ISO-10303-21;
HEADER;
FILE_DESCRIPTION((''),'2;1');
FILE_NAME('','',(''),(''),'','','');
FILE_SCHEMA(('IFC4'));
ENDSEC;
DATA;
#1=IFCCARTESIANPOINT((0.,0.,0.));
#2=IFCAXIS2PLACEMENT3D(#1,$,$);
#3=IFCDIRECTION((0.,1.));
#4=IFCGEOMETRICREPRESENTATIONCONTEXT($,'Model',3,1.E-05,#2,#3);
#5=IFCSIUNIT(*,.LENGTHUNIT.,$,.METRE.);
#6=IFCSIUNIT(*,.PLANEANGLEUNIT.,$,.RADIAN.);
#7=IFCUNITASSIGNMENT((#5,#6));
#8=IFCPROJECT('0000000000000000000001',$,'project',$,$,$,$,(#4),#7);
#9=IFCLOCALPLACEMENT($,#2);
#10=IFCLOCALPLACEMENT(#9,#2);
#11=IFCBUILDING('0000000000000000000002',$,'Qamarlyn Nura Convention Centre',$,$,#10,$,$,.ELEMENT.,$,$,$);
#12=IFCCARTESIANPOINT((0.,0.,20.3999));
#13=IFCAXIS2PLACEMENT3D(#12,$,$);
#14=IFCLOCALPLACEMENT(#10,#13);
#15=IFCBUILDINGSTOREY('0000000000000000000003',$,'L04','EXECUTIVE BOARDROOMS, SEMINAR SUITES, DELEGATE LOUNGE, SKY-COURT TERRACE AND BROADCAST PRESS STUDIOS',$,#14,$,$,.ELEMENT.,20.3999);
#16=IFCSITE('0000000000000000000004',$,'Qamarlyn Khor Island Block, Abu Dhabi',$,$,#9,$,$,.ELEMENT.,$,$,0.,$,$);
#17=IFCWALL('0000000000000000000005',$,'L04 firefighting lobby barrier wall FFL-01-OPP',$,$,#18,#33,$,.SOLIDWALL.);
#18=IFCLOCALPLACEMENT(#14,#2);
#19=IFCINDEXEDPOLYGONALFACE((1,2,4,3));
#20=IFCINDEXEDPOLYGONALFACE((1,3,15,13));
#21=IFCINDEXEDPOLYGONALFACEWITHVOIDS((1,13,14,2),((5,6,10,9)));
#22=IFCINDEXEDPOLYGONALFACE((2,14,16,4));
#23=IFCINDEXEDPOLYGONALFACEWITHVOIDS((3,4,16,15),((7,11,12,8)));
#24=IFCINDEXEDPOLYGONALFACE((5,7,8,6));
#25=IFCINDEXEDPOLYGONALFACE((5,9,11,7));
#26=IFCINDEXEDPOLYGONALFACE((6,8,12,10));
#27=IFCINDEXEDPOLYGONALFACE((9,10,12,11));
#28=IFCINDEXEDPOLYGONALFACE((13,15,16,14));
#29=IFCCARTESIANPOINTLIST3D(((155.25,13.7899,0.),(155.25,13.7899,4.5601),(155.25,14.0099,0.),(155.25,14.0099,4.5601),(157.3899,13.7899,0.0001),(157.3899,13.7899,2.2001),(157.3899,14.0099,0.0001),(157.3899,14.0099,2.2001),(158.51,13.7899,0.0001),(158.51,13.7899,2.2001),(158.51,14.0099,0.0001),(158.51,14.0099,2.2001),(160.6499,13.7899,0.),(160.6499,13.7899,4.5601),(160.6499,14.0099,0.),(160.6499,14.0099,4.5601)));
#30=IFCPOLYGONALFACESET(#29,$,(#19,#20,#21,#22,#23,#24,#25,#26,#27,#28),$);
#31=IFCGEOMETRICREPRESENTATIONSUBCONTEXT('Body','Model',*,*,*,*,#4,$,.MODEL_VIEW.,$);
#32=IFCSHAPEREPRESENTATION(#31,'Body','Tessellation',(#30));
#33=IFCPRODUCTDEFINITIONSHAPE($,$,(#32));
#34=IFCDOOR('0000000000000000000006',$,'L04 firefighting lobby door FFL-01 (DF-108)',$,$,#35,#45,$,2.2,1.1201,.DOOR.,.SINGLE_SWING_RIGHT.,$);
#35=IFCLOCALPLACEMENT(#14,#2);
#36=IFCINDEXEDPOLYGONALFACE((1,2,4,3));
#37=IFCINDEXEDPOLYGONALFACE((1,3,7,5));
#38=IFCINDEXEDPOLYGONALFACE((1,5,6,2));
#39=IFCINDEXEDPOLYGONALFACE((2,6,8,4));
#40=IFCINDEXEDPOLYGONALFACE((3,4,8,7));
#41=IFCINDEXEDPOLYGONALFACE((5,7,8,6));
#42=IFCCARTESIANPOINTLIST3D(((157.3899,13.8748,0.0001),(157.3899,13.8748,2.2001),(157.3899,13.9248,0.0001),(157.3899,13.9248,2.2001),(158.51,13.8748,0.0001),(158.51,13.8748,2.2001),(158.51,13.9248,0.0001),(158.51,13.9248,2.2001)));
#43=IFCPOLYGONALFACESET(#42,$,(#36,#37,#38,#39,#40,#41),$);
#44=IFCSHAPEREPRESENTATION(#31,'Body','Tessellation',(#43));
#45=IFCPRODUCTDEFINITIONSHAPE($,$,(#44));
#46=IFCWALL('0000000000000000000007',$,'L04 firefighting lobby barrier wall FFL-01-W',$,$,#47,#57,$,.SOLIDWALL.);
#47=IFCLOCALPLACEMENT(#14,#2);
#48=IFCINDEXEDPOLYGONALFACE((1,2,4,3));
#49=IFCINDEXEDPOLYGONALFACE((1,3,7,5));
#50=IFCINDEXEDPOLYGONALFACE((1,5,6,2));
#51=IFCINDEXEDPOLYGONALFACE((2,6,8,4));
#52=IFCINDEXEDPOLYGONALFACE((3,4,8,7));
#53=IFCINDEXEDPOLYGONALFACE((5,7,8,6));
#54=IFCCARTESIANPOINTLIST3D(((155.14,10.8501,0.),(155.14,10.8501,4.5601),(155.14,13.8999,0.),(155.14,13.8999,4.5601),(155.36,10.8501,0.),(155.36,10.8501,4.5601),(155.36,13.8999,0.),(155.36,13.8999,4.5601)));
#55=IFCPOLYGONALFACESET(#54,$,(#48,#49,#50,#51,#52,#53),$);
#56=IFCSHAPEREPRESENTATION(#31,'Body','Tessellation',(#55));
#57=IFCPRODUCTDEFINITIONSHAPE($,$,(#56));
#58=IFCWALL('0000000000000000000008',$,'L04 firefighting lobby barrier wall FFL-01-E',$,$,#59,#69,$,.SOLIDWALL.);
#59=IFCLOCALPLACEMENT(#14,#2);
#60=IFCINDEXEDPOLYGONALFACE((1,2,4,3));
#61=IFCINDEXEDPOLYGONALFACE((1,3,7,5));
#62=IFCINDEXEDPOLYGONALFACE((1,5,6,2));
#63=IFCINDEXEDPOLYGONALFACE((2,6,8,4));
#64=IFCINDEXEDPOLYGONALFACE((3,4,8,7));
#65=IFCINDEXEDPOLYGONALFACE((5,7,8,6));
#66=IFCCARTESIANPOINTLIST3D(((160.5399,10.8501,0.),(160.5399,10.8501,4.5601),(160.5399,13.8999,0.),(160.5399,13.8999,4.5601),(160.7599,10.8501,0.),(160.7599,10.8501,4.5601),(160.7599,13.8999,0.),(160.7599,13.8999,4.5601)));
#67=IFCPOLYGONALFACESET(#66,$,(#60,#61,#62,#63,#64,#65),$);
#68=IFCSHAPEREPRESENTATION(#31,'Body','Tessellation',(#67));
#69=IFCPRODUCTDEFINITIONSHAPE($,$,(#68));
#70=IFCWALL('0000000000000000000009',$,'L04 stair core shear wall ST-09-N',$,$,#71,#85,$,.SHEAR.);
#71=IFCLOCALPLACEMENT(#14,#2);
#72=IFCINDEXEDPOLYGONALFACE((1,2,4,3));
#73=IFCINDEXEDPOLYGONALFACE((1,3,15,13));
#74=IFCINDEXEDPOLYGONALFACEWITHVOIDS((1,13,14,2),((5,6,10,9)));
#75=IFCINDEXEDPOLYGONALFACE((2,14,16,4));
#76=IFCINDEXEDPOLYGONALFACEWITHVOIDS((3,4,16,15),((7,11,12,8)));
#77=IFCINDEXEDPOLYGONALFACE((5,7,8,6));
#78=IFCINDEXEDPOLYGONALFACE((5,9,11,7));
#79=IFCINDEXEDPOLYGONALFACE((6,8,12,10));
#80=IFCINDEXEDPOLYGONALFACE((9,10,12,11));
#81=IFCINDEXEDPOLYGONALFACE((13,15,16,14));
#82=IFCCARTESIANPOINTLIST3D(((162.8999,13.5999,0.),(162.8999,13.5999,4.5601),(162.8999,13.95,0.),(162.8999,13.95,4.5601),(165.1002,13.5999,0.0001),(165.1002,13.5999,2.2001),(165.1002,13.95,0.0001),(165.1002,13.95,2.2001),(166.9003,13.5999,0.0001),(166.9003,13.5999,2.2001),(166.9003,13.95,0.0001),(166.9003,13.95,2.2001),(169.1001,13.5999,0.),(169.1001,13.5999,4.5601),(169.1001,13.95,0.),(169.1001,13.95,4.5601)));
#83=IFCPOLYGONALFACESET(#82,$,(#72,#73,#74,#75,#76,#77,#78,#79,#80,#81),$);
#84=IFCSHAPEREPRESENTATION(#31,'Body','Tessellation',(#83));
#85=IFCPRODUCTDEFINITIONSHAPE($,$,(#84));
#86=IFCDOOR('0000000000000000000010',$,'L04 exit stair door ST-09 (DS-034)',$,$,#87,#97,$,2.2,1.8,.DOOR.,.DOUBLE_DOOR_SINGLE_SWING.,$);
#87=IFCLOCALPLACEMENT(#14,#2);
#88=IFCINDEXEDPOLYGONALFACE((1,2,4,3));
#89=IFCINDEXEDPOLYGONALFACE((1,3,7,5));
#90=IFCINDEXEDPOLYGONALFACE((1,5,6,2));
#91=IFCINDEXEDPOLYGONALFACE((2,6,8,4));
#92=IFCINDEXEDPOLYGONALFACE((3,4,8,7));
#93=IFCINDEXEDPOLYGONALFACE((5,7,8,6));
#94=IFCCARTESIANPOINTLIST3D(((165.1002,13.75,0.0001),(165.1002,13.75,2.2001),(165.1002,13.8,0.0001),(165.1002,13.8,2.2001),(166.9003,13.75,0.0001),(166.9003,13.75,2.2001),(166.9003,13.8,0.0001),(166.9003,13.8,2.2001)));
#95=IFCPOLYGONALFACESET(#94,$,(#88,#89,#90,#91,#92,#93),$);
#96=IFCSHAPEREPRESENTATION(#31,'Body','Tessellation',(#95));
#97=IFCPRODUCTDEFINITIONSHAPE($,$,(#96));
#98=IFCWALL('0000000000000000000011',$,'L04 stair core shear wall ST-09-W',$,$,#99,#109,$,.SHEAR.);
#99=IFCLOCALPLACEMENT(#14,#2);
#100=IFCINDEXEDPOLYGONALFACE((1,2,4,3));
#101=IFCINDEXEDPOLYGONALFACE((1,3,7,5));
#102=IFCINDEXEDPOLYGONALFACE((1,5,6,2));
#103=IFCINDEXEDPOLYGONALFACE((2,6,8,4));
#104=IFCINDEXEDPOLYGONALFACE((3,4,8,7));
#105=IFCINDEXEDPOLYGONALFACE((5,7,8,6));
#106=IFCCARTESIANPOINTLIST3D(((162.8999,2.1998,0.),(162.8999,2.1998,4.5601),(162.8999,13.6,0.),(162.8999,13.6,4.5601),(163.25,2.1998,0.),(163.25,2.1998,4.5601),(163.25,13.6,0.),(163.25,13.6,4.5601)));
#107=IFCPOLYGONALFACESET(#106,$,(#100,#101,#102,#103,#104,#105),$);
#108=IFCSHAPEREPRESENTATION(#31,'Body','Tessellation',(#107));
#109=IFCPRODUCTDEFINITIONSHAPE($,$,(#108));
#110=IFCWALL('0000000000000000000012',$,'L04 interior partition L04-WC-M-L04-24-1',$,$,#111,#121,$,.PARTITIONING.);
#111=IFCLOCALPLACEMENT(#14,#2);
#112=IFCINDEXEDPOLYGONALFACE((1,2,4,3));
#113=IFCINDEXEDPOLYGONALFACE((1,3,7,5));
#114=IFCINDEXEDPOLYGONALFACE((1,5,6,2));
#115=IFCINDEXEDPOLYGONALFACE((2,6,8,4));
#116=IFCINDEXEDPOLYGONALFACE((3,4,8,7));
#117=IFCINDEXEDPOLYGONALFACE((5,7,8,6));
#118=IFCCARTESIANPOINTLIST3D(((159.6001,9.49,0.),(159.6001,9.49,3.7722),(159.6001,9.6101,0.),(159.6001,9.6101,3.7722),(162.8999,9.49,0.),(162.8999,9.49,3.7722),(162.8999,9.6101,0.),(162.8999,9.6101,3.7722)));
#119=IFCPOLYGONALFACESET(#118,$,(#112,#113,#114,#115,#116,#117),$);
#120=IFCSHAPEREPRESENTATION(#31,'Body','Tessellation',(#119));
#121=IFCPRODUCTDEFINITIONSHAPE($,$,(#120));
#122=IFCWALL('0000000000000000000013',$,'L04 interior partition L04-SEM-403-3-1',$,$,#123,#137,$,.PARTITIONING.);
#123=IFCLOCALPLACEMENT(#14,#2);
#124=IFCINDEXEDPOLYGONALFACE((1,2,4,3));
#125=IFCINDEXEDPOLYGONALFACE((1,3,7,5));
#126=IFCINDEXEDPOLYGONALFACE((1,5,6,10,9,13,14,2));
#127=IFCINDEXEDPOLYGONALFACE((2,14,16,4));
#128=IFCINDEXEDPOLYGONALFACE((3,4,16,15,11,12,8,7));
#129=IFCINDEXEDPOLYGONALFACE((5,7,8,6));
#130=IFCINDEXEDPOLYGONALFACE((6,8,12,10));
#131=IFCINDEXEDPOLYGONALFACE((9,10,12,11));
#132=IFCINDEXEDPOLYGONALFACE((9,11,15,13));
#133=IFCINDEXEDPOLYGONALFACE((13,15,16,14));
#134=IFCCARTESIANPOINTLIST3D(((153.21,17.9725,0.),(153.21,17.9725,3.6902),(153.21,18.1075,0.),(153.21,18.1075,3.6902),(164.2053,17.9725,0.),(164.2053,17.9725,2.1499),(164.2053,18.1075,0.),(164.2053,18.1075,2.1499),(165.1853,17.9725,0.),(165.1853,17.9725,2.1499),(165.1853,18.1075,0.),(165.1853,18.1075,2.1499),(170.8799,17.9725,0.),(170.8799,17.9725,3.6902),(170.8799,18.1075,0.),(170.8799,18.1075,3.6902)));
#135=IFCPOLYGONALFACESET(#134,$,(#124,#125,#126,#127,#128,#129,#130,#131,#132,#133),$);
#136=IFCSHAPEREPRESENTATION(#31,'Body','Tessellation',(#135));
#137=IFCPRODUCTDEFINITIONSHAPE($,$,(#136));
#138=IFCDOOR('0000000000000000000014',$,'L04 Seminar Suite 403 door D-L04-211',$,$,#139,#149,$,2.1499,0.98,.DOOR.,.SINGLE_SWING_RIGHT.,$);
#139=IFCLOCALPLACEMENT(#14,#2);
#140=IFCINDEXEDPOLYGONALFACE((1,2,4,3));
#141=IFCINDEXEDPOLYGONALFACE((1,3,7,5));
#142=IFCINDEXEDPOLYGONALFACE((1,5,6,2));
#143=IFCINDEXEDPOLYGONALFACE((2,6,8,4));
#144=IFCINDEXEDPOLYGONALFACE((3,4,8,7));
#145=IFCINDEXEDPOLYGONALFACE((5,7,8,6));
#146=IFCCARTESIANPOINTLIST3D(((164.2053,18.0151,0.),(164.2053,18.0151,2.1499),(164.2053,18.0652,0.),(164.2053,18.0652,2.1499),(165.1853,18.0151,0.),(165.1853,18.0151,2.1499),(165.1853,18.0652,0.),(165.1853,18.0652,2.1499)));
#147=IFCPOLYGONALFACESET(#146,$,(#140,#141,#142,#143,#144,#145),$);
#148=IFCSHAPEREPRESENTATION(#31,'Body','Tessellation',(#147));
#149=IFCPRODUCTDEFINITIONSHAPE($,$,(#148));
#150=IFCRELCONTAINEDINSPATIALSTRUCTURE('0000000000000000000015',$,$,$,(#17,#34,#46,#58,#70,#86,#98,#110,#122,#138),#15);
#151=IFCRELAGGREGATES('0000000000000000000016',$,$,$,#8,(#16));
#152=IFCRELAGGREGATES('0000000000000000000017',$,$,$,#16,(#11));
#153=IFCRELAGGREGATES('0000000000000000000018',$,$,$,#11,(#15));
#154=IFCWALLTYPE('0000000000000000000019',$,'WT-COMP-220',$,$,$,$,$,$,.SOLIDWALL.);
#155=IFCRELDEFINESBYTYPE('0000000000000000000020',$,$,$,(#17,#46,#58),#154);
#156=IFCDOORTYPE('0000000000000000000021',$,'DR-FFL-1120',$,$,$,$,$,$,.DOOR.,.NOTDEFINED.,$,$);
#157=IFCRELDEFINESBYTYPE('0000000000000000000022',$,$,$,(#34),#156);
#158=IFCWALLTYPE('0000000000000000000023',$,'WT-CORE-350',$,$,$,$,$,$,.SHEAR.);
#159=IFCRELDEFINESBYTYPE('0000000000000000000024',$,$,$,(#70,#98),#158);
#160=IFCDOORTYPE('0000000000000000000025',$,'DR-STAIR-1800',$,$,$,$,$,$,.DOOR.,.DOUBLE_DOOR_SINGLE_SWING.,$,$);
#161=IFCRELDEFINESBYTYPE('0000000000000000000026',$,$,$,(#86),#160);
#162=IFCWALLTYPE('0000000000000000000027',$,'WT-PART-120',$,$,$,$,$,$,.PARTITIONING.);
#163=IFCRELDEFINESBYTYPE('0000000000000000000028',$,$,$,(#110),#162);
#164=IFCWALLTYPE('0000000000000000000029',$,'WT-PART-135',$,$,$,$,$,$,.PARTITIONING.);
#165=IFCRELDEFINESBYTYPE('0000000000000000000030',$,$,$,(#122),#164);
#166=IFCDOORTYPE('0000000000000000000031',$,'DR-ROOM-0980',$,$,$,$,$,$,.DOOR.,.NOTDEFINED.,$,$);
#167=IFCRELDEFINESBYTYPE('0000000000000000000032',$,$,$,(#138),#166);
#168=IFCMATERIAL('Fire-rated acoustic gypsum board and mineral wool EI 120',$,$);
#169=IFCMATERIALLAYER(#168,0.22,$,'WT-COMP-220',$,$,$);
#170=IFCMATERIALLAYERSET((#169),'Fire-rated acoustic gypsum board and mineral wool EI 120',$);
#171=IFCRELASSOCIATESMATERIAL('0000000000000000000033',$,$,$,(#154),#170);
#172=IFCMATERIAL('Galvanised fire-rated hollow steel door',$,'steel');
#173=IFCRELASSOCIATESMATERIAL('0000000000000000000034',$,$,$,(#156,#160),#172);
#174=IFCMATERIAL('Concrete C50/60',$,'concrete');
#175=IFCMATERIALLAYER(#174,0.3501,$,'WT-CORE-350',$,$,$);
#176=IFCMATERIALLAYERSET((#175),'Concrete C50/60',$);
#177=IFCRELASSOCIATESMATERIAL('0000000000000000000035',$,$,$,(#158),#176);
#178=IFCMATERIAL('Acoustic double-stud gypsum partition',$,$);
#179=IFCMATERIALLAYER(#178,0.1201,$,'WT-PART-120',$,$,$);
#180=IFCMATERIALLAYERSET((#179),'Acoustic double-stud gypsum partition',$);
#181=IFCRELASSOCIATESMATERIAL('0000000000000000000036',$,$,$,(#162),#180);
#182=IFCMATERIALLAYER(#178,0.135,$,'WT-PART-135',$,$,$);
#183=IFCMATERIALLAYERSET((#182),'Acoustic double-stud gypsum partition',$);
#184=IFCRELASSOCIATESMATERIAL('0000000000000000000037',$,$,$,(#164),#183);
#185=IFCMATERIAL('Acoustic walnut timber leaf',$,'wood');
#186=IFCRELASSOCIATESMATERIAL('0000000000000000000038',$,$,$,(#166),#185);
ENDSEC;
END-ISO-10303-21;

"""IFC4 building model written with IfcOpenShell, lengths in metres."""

from ifc_helpers import new_model, si_unit, direction, frame, frame_2d, origin, place, context, subcontext, project, spatial, rectangle, extrude, material, layer, layer_set, type_object, element, fill, save


model = new_model("IFC4")

# Units and contexts
model_context = context("Model", 3, precision=1e-05, world=origin(), true_north=direction((0.0, 1.0)))
body_context = subcontext(model_context, "Body", "Model", "MODEL_VIEW")
ifc_project = project(units=[si_unit("LENGTHUNIT", "METRE"), si_unit("PLANEANGLEUNIT", "RADIAN")], contexts=[model_context])

# Site, building, storey
site_placement = place(None, origin())
site = spatial("IfcSite", under=ifc_project, at=site_placement, Name="Qamarlyn Khor Island Block, Abu Dhabi", CompositionType="ELEMENT", RefElevation=0.0)
building_placement = place(site_placement, origin())
building = spatial("IfcBuilding", under=site, at=building_placement, Name="Qamarlyn Nura Convention Centre", CompositionType="ELEMENT")
storey_placement = place(building_placement, frame((0.0, 0.0, 20.3999)))
storey = spatial("IfcBuildingStorey", under=building, at=storey_placement, Name="L04", Description="EXECUTIVE BOARDROOMS, SEMINAR SUITES, DELEGATE LOUNGE, SKY-COURT TERRACE AND BROADCAST PRESS STUDIOS", CompositionType="ELEMENT", Elevation=20.3999)

# Wall, opening, door
ifc_material_1 = material(Name="Fire-rated acoustic gypsum board and mineral wool EI 120")
ifc_layer_1 = layer(ifc_material_1, 0.22, Name="WT-COMP-220")
ifc_layer_set_1 = layer_set([ifc_layer_1], Name="Fire-rated acoustic gypsum board and mineral wool EI 120")
wall_type_1 = type_object("IfcWallType", Name="WT-COMP-220", PredefinedType="SOLIDWALL", material=ifc_layer_set_1)
wall_1_placement = place(storey_placement, frame((155.25, 13.8999, 0.0), z_axis=(0.0, 0.0, 1.0), x_axis=(1.0, 0.0, 0.0)))
wall_1 = element("IfcWall", 1, at=wall_1_placement, inside=storey, type_object=wall_type_1, Name="L04 firefighting lobby barrier wall FFL-01-OPP", PredefinedType="SOLIDWALL", context=body_context, shape_type="SweptSolid", body=[
    extrude(rectangle(XDim=5.3999, YDim=0.22, at=frame_2d((2.7, 0.0))), origin(), (0.0, 0.0, 1.0), 4.5601),
])
opening_1_placement = place(wall_1_placement, frame((2.1399, 0.0, 0.0)))
opening_1 = element("IfcOpeningElement", 2, at=opening_1_placement, cuts=wall_1, PredefinedType="OPENING", context=body_context, shape_type="SweptSolid", body=[
    extrude(rectangle(XDim=1.1201, YDim=2.2, at=frame_2d((0.5601, 1.1001))), frame((0.0, 0.1201, 0.0), z_axis=(0.0, -1.0, 0.0), x_axis=(1.0, 0.0, 0.0)), (0.0, 0.0, 1.0), 0.24),
])
ifc_material_2 = material(Name="Galvanised fire-rated hollow steel door", Category="steel")
door_type_1 = type_object("IfcDoorType", Name="DR-FFL-1120", OperationType="NOTDEFINED", PredefinedType="DOOR", material=ifc_material_2)
door_1_placement = place(opening_1_placement, origin())
door_1 = element("IfcDoor", 3, at=door_1_placement, inside=storey, type_object=door_type_1, Name="L04 firefighting lobby door FFL-01 (DF-108)", OperationType="SINGLE_SWING_RIGHT", OverallHeight=2.2, OverallWidth=1.1201, PredefinedType="DOOR", context=body_context, shape_type="SweptSolid", body=[
    extrude(rectangle(XDim=1.1201, YDim=2.2, at=frame_2d((0.5601, 1.1001))), frame((0.0, 0.0249, 0.0), z_axis=(0.0, -1.0, 0.0), x_axis=(1.0, 0.0, 0.0)), (0.0, 0.0, 1.0), 0.05),
])
fill(opening_1, door_1)

# Walls
for number, where, z_axis, x_axis, name in (
    (4, (155.25, 10.8501, 0.0), (0.0, 0.0, 1.0), (0.0, 1.0, 0.0), "L04 firefighting lobby barrier wall FFL-01-W"),
    (5, (160.6499, 10.8501, 0.0), (0.0, 0.0, 1.0), (0.0, 1.0, 0.0), "L04 firefighting lobby barrier wall FFL-01-E"),
):
    element("IfcWall", number, at=place(storey_placement, frame(where, z_axis=z_axis, x_axis=x_axis)), inside=storey, type_object=wall_type_1, Name=name, PredefinedType="SOLIDWALL", context=body_context, shape_type="SweptSolid", body=[
        extrude(rectangle(XDim=3.0498, YDim=0.22, at=frame_2d((1.5249, 0.0))), origin(), (0.0, 0.0, 1.0), 4.5601),
    ])

# Wall, opening, door
ifc_material_3 = material(Name="Concrete C50/60", Category="concrete")
ifc_layer_2 = layer(ifc_material_3, 0.3501, Name="WT-CORE-350")
ifc_layer_set_2 = layer_set([ifc_layer_2], Name="Concrete C50/60")
wall_type_2 = type_object("IfcWallType", Name="WT-CORE-350", PredefinedType="SHEAR", material=ifc_layer_set_2)
wall_2_placement = place(storey_placement, frame((169.1001, 13.7749, 0.0), z_axis=(0.0, 0.0, 1.0), x_axis=(-1.0, 0.0, 0.0)))
wall_2 = element("IfcWall", 6, at=wall_2_placement, inside=storey, type_object=wall_type_2, Name="L04 stair core shear wall ST-09-N", PredefinedType="SHEAR", context=body_context, shape_type="SweptSolid", body=[
    extrude(rectangle(XDim=6.2002, YDim=0.3501, at=frame_2d((3.1001, 0.0))), origin(), (0.0, 0.0, 1.0), 4.5601),
])
opening_2_placement = place(wall_2_placement, frame((2.2, 0.0, 0.0)))
opening_2 = element("IfcOpeningElement", 7, at=opening_2_placement, cuts=wall_2, PredefinedType="OPENING", context=body_context, shape_type="SweptSolid", body=[
    extrude(rectangle(XDim=1.8, YDim=2.2, at=frame_2d((0.8999, 1.1001))), frame((0.0, 0.1851, 0.0), z_axis=(0.0, -1.0, 0.0), x_axis=(1.0, 0.0, 0.0)), (0.0, 0.0, 1.0), 0.3701),
])
door_type_2 = type_object("IfcDoorType", Name="DR-STAIR-1800", OperationType="DOUBLE_DOOR_SINGLE_SWING", PredefinedType="DOOR", material=ifc_material_2)
door_2_placement = place(opening_2_placement, origin())
door_2 = element("IfcDoor", 8, at=door_2_placement, inside=storey, type_object=door_type_2, Name="L04 exit stair door ST-09 (DS-034)", OperationType="DOUBLE_DOOR_SINGLE_SWING", OverallHeight=2.2, OverallWidth=1.8, PredefinedType="DOOR", context=body_context, shape_type="SweptSolid", body=[
    extrude(rectangle(XDim=1.8, YDim=2.2, at=frame_2d((0.8999, 1.1001))), frame((0.0, 0.0249, 0.0), z_axis=(0.0, -1.0, 0.0), x_axis=(1.0, 0.0, 0.0)), (0.0, 0.0, 1.0), 0.05),
])
fill(opening_2, door_2)

# Wall
wall_3_placement = place(storey_placement, frame((163.075, 13.6001, 0.0), z_axis=(0.0, 0.0, 1.0), x_axis=(0.0, -1.0, 0.0)))
element("IfcWall", 9, at=wall_3_placement, inside=storey, type_object=wall_type_2, Name="L04 stair core shear wall ST-09-W", PredefinedType="SHEAR", context=body_context, shape_type="SweptSolid", body=[
    extrude(rectangle(XDim=11.4001, YDim=0.3501, at=frame_2d((5.7002, 0.0))), origin(), (0.0, 0.0, 1.0), 4.5601),
])

# Shared definitions
ifc_material_4 = material(Name="Acoustic double-stud gypsum partition")
ifc_layer_3 = layer(ifc_material_4, 0.1201, Name="WT-PART-120")
ifc_layer_set_3 = layer_set([ifc_layer_3], Name="Acoustic double-stud gypsum partition")
wall_type_3 = type_object("IfcWallType", Name="WT-PART-120", PredefinedType="PARTITIONING", material=ifc_layer_set_3)
ifc_material_5 = material(Name="Acoustic walnut timber leaf", Category="wood")

# Wall
wall_4_placement = place(storey_placement, frame((162.8999, 9.55, 0.0), z_axis=(0.0, 0.0, 1.0), x_axis=(-1.0, 0.0, 0.0)))
element("IfcWall", 10, at=wall_4_placement, inside=storey, type_object=wall_type_3, Name="L04 interior partition L04-WC-M-L04-24-1", PredefinedType="PARTITIONING", context=body_context, shape_type="SweptSolid", body=[
    extrude(rectangle(XDim=3.2998, YDim=0.1201, at=frame_2d((1.6499, 0.0))), origin(), (0.0, 0.0, 1.0), 3.7722),
])

# Wall, opening, door
ifc_layer_4 = layer(ifc_material_4, 0.135, Name="WT-PART-135")
ifc_layer_set_4 = layer_set([ifc_layer_4], Name="Acoustic double-stud gypsum partition")
wall_type_4 = type_object("IfcWallType", Name="WT-PART-135", PredefinedType="PARTITIONING", material=ifc_layer_set_4)
wall_5_placement = place(storey_placement, frame((170.8799, 18.04, 0.0), z_axis=(0.0, 0.0, 1.0), x_axis=(-1.0, 0.0, 0.0)))
wall_5 = element("IfcWall", 11, at=wall_5_placement, inside=storey, type_object=wall_type_4, Name="L04 interior partition L04-SEM-403-3-1", PredefinedType="PARTITIONING", context=body_context, shape_type="SweptSolid", body=[
    extrude(rectangle(XDim=17.6699, YDim=0.135, at=frame_2d((8.835, 0.0))), origin(), (0.0, 0.0, 1.0), 3.6902),
])
opening_3_placement = place(wall_5_placement, frame((5.6946, 0.0, 0.0)))
opening_3 = element("IfcOpeningElement", 12, at=opening_3_placement, cuts=wall_5, PredefinedType="OPENING", context=body_context, shape_type="SweptSolid", body=[
    extrude(rectangle(XDim=0.98, YDim=2.1499, at=frame_2d((0.49, 1.075))), frame((0.0, 0.0776, 0.0), z_axis=(0.0, -1.0, 0.0), x_axis=(1.0, 0.0, 0.0)), (0.0, 0.0, 1.0), 0.155),
])
door_type_3 = type_object("IfcDoorType", Name="DR-ROOM-0980", OperationType="NOTDEFINED", PredefinedType="DOOR", material=ifc_material_5)
door_3_placement = place(opening_3_placement, origin())
door_3 = element("IfcDoor", 13, at=door_3_placement, inside=storey, type_object=door_type_3, Name="L04 Seminar Suite 403 door D-L04-211", OperationType="SINGLE_SWING_RIGHT", OverallHeight=2.1499, OverallWidth=0.98, PredefinedType="DOOR", context=body_context, shape_type="SweptSolid", body=[
    extrude(rectangle(XDim=0.98, YDim=2.1499, at=frame_2d((0.49, 1.075))), frame((0.0, 0.0249, 0.0), z_axis=(0.0, -1.0, 0.0), x_axis=(1.0, 0.0, 0.0)), (0.0, 0.0, 1.0), 0.05),
])
fill(opening_3, door_3)

save(model, "model.ifc")
